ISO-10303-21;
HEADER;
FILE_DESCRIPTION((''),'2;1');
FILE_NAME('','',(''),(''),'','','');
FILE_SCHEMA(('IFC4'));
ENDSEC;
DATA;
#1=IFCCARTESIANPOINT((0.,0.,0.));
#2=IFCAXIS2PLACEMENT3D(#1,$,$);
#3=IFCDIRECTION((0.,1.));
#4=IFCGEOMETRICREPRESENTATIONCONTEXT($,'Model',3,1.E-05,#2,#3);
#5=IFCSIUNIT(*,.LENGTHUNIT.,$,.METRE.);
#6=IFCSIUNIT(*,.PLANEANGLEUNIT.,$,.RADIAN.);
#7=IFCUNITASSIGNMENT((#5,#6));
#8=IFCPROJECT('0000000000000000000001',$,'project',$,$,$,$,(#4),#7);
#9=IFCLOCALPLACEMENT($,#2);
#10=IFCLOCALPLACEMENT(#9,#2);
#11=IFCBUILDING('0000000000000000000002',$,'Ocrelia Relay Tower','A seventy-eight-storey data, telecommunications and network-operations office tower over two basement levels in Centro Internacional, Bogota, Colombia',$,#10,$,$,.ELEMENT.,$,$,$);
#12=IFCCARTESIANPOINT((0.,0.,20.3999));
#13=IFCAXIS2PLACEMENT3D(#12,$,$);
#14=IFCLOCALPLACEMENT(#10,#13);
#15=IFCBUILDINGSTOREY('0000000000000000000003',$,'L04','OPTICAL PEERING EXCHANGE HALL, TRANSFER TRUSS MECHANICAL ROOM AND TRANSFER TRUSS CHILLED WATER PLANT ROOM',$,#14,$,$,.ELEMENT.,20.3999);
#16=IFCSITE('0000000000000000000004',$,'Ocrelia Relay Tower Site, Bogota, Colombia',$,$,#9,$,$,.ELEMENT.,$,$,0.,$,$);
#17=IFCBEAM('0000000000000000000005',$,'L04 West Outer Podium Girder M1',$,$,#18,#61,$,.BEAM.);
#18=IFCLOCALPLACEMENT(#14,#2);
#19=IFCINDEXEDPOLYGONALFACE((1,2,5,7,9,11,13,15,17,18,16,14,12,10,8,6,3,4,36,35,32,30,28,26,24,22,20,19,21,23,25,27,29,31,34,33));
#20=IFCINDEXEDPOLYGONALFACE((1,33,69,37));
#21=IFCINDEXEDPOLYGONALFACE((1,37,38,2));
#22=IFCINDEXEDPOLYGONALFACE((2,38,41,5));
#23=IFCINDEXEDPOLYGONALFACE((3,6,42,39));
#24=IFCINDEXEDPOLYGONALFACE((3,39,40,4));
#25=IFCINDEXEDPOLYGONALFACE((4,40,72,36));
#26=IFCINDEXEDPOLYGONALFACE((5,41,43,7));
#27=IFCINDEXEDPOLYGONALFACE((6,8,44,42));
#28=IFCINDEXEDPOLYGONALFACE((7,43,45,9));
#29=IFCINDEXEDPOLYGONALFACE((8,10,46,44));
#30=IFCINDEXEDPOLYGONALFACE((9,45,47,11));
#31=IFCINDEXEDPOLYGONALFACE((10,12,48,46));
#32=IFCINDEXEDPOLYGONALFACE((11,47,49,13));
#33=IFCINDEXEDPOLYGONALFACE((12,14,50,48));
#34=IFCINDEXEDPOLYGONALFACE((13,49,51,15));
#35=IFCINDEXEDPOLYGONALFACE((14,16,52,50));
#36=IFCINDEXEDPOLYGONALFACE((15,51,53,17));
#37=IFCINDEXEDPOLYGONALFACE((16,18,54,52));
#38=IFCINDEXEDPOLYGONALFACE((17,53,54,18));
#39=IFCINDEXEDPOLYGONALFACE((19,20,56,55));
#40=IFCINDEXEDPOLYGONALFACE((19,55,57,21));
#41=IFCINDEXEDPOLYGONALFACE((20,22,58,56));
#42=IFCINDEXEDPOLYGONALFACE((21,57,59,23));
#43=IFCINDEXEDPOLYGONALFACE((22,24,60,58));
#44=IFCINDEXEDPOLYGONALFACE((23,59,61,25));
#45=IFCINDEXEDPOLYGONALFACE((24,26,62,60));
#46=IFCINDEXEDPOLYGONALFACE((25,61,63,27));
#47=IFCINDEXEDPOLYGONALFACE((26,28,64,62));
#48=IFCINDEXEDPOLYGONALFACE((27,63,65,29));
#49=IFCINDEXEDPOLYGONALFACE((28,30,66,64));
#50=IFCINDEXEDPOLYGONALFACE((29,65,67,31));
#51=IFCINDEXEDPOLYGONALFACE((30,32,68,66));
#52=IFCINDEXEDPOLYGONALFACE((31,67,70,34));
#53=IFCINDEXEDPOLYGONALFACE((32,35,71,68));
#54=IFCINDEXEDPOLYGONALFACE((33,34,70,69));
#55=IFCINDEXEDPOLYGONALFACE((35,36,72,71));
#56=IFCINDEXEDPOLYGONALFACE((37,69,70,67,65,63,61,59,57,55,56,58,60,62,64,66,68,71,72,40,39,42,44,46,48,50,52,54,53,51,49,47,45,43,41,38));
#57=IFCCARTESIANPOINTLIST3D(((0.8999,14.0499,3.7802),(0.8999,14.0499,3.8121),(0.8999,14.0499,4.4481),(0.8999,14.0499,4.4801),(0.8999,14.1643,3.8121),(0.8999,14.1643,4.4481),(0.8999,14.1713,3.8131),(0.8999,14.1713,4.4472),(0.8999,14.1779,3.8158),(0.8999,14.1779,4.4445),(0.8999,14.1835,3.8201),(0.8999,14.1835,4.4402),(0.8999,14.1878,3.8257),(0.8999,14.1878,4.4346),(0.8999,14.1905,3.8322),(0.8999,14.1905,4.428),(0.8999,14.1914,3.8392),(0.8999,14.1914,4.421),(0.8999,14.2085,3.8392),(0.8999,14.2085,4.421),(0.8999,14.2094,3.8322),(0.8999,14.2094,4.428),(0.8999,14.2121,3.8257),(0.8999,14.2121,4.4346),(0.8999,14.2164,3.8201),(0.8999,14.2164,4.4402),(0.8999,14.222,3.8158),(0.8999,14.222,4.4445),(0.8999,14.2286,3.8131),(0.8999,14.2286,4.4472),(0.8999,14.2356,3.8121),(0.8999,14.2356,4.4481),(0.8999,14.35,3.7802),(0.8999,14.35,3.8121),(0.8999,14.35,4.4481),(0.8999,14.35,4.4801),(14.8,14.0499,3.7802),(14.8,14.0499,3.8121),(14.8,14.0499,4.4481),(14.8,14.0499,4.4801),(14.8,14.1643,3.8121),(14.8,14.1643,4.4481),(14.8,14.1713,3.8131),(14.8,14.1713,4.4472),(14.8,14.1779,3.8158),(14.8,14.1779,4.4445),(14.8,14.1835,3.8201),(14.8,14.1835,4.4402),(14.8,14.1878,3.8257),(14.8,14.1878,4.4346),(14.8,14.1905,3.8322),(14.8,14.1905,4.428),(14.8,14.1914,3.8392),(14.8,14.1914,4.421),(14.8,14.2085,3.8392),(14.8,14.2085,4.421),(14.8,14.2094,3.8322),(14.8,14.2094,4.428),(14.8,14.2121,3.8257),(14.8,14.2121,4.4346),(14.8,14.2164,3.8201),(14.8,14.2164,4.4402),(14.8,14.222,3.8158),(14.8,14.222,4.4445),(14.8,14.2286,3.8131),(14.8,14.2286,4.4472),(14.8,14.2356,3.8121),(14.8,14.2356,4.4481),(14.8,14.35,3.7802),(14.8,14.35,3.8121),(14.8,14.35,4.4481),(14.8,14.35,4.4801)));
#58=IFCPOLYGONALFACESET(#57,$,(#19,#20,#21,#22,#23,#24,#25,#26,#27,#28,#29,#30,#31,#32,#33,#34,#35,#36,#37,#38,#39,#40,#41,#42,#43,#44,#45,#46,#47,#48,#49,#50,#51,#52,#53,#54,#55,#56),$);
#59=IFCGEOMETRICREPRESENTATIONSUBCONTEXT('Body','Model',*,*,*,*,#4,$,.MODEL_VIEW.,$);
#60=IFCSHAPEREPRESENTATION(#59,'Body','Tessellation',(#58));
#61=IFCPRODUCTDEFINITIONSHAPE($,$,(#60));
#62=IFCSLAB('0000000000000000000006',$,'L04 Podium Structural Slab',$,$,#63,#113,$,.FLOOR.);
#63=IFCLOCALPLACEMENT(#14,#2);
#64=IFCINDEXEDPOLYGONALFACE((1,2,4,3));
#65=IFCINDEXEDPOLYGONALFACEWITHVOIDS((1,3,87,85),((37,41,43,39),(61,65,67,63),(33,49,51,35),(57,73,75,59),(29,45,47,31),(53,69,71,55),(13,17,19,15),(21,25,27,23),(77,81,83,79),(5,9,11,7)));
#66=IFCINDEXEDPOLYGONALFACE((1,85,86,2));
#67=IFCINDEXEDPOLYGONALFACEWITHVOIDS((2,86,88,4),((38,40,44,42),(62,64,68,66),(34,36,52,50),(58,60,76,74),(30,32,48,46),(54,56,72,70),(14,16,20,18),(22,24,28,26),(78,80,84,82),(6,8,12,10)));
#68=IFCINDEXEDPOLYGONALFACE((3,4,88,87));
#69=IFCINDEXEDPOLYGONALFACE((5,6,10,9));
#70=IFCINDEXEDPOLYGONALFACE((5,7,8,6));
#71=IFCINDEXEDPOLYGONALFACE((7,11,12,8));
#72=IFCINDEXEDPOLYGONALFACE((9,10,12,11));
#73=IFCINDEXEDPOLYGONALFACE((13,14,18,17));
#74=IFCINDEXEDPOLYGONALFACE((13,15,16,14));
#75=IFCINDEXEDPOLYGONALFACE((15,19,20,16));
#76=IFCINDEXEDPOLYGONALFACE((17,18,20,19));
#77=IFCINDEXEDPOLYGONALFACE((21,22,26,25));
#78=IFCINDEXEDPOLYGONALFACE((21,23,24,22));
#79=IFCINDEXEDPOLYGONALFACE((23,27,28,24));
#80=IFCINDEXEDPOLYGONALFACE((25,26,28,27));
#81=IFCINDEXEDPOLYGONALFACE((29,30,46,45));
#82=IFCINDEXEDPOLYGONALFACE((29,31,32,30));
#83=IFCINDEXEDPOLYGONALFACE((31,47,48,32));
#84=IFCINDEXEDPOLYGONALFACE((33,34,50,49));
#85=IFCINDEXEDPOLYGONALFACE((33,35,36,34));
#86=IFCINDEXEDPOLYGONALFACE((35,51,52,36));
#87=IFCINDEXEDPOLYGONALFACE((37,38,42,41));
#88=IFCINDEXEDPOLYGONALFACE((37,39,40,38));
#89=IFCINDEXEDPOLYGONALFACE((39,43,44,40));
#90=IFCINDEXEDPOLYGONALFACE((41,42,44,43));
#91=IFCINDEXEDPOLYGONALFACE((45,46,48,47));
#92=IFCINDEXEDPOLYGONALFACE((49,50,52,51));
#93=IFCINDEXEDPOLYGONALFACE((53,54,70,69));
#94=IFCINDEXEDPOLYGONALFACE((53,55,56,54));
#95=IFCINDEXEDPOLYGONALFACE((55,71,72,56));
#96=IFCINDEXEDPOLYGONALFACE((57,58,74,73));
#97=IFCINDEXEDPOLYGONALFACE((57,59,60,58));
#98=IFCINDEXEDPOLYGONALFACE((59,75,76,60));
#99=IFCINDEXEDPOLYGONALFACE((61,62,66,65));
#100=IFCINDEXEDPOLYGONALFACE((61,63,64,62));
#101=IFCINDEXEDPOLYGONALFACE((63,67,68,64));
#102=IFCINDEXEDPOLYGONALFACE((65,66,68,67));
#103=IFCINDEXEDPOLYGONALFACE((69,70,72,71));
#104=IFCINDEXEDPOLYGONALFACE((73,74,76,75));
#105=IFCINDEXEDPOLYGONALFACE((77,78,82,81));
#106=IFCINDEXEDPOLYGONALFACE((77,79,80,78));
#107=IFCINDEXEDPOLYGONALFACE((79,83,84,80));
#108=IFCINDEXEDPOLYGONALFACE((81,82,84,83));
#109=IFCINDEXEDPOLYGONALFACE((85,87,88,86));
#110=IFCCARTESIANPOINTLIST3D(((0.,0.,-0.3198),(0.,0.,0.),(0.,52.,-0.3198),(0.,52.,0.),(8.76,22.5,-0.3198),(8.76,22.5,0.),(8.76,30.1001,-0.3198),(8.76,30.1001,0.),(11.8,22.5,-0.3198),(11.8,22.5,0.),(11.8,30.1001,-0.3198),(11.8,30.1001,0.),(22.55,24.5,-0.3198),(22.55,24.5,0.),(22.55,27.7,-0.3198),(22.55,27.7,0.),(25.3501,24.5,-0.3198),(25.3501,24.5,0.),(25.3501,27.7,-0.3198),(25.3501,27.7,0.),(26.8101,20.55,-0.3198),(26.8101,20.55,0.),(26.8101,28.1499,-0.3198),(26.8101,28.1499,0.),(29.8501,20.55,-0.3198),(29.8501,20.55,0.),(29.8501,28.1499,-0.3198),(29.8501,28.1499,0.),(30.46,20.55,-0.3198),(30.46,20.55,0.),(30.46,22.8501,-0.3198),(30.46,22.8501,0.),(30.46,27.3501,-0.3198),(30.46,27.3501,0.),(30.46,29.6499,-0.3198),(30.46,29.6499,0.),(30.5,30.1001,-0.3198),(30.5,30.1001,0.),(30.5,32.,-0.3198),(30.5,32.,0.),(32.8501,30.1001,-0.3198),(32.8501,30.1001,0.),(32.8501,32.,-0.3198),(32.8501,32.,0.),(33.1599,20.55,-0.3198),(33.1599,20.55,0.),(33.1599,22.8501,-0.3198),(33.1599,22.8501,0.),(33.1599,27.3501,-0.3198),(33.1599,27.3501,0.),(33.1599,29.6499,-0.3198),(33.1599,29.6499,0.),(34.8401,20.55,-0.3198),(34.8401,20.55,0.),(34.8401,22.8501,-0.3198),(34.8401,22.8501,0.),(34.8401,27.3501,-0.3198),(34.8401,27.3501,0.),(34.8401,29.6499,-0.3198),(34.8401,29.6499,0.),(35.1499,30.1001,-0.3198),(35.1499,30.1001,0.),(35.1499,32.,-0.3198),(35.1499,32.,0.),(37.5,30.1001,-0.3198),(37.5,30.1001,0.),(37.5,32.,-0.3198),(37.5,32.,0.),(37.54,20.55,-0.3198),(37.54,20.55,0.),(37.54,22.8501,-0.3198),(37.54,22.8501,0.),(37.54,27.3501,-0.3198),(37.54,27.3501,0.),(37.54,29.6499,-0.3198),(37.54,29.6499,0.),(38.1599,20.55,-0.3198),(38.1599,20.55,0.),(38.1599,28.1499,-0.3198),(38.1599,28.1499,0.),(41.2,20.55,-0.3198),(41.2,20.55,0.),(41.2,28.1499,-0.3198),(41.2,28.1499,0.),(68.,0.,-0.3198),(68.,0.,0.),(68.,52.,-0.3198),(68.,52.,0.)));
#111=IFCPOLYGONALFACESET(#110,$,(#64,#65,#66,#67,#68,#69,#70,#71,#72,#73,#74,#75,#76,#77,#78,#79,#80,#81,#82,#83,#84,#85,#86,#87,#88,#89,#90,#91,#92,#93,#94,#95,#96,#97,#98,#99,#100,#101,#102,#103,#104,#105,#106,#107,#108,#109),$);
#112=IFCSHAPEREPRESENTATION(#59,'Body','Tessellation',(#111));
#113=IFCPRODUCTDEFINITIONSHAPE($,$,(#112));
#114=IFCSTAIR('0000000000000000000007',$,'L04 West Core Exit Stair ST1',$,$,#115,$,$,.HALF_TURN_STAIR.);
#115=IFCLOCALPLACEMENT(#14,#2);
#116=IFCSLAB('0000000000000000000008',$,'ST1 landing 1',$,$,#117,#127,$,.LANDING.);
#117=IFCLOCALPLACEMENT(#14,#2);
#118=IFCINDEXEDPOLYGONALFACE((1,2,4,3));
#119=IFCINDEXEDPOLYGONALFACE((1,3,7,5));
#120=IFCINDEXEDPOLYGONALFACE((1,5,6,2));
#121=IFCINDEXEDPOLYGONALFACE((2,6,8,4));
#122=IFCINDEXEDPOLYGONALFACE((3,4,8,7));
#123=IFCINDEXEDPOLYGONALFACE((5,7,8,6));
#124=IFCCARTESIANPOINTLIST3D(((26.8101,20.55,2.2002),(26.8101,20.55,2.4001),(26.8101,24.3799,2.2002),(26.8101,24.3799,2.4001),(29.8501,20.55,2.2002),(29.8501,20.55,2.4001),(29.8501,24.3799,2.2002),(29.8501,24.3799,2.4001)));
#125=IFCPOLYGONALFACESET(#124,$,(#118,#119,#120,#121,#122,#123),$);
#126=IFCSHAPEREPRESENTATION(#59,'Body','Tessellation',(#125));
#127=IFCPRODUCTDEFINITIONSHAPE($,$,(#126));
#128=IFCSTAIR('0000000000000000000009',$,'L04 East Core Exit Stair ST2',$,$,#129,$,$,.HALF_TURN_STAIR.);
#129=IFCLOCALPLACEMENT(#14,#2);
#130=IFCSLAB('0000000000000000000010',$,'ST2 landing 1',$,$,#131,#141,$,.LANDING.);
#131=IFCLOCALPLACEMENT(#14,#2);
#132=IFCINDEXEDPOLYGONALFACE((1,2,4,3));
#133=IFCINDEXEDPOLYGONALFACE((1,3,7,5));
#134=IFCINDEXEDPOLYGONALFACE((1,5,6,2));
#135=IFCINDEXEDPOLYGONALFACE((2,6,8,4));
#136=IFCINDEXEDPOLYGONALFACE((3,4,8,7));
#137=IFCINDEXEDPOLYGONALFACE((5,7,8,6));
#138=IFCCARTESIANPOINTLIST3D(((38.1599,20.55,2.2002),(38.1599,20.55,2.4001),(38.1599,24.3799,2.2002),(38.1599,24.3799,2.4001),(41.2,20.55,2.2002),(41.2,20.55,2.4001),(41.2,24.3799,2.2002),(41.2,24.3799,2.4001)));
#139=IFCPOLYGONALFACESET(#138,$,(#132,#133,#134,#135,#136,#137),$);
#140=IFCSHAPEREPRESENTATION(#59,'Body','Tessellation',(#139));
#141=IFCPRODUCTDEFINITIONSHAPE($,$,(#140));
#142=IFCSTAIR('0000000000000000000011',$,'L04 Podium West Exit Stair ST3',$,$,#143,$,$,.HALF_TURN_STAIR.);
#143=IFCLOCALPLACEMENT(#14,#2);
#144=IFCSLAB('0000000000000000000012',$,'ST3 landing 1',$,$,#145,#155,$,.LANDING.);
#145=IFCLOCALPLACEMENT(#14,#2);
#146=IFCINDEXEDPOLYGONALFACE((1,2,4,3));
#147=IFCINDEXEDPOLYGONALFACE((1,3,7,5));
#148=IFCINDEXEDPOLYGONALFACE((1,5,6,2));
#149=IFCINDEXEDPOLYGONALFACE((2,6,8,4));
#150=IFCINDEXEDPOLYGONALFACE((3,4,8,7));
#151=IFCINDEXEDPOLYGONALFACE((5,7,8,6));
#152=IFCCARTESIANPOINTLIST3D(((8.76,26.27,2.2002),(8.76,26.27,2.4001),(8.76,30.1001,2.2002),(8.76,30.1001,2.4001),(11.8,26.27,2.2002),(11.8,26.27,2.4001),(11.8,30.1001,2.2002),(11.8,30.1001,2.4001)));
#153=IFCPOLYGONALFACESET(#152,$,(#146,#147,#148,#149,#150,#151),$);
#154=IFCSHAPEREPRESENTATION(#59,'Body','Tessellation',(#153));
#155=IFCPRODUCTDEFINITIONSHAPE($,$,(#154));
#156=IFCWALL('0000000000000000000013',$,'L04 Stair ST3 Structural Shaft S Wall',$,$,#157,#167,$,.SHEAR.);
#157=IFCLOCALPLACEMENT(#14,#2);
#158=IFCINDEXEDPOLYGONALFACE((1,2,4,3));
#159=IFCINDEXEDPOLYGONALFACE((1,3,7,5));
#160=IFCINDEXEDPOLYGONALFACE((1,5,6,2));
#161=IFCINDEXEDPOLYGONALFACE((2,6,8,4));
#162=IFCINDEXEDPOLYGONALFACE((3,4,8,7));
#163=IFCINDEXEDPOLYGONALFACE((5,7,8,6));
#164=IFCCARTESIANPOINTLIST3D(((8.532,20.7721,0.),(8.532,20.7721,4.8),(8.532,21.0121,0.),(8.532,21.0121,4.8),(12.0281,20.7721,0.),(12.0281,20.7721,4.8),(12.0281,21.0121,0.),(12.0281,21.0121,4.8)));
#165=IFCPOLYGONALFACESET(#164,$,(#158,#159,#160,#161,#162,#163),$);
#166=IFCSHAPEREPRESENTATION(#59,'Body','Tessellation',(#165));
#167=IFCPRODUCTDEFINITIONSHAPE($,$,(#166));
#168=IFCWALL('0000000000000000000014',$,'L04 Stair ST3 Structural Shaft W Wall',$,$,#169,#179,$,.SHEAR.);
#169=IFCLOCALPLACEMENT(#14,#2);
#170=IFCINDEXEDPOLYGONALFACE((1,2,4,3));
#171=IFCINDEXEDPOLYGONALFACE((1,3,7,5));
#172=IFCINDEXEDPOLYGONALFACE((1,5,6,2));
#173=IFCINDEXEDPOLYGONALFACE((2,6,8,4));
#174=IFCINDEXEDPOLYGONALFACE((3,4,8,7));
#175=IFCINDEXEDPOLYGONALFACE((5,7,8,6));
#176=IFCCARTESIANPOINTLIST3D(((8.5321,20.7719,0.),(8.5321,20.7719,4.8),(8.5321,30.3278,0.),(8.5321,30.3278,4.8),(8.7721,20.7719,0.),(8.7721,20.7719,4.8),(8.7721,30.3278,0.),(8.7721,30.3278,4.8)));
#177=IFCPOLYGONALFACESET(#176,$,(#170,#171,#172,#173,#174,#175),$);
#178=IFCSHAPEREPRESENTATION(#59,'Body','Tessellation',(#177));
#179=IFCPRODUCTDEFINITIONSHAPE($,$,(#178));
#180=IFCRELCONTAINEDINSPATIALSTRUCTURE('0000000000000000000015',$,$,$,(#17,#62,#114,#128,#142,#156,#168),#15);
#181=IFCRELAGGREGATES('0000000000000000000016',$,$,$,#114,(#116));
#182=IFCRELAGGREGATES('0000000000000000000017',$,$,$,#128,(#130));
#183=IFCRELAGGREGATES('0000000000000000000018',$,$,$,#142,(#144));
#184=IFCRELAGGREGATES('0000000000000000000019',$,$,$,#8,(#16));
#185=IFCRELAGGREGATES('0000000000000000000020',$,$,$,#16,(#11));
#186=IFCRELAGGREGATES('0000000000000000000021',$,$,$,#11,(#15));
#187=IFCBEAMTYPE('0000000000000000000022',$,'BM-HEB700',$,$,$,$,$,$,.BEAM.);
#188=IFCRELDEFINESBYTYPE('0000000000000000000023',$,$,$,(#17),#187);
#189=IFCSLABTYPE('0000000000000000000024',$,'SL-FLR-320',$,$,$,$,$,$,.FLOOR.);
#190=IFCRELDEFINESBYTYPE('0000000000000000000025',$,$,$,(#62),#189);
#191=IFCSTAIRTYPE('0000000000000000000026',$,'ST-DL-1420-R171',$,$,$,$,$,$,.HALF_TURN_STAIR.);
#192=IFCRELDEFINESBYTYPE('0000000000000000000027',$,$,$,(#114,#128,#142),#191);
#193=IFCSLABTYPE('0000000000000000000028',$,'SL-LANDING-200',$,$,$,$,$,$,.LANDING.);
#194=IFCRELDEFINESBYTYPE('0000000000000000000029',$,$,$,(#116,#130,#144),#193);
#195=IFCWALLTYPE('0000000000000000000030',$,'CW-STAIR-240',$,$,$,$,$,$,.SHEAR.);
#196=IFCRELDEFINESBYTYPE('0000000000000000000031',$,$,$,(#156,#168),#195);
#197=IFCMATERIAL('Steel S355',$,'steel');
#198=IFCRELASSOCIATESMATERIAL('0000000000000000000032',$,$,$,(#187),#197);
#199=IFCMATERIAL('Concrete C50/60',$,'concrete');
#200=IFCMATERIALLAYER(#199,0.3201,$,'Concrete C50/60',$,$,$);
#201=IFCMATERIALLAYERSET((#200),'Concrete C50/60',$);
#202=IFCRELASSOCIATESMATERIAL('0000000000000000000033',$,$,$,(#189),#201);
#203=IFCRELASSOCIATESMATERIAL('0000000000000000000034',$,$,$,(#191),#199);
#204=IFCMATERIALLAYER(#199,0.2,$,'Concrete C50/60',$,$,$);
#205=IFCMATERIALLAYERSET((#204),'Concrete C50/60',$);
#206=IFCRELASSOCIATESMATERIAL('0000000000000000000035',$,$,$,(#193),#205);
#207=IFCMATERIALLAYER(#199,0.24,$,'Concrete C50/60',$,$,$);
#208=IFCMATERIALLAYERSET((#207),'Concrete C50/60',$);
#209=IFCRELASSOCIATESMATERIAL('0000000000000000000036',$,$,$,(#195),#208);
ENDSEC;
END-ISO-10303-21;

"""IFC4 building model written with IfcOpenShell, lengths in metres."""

from ifc_helpers import new_model, si_unit, direction, frame, frame_2d, origin, origin_2d, place, context, subcontext, project, spatial, polyline, rectangle, i_section, outline, extrude, material, layer, layer_set, material_profile, profile_set, type_object, element, aggregate, save


model = new_model("IFC4")

# Units and contexts
model_context = context("Model", 3, precision=1e-05, world=origin(), true_north=direction((0.0, 1.0)))
body_context = subcontext(model_context, "Body", "Model", "MODEL_VIEW")
ifc_project = project(units=[si_unit("LENGTHUNIT", "METRE"), si_unit("PLANEANGLEUNIT", "RADIAN")], contexts=[model_context])

# Site, building, storey
site_placement = place(None, origin())
site = spatial("IfcSite", under=ifc_project, at=site_placement, Name="Ocrelia Relay Tower Site, Bogota, Colombia", CompositionType="ELEMENT", RefElevation=0.0)
building_placement = place(site_placement, origin())
building = spatial("IfcBuilding", under=site, at=building_placement, Name="Ocrelia Relay Tower", Description="A seventy-eight-storey data, telecommunications and network-operations office tower over two basement levels in Centro Internacional, Bogota, Colombia", CompositionType="ELEMENT")
storey_placement = place(building_placement, frame((0.0, 0.0, 20.3999)))
storey = spatial("IfcBuildingStorey", under=building, at=storey_placement, Name="L04", Description="OPTICAL PEERING EXCHANGE HALL, TRANSFER TRUSS MECHANICAL ROOM AND TRANSFER TRUSS CHILLED WATER PLANT ROOM", CompositionType="ELEMENT", Elevation=20.3999)

# Beam
ifc_material_1 = material(Name="Steel S355", Category="steel")
ifc_material_profile_1 = material_profile(ifc_material_1, i_section(OverallWidth=0.3, OverallDepth=0.7, WebThickness=0.0171, FlangeThickness=0.032, FilletRadius=0.0271, at=origin_2d()), Name="HEB 700")
ifc_profile_set_1 = profile_set([ifc_material_profile_1], Name="Steel S355")
beam_type_1 = type_object("IfcBeamType", Name="BM-HEB700", PredefinedType="BEAM", material=ifc_profile_set_1)
for number, where, z_axis, x_axis, name in (
    (1, (0.8999, 14.2, 4.1301), (1.0, 0.0, 0.0), (0.0, 1.0, 0.0), "L04 West Outer Podium Girder M1"),
):
    element("IfcBeam", number, at=place(storey_placement, frame(where, z_axis=z_axis, x_axis=x_axis)), inside=storey, type_object=beam_type_1, Name=name, PredefinedType="BEAM", context=body_context, shape_type="SweptSolid", body=[
        extrude(i_section(OverallWidth=0.3, OverallDepth=0.7, WebThickness=0.0171, FlangeThickness=0.032, FilletRadius=0.0271, at=origin_2d()), origin(), (0.0, 0.0, 1.0), 13.9001),
    ])

# Slab
ifc_material_2 = material(Name="Concrete C50/60", Category="concrete")
ifc_layer_1 = layer(ifc_material_2, 0.3201, Name="Concrete C50/60")
ifc_layer_set_1 = layer_set([ifc_layer_1], Name="Concrete C50/60")
slab_type_1 = type_object("IfcSlabType", Name="SL-FLR-320", PredefinedType="FLOOR", material=ifc_layer_set_1)
slab_1_placement = place(storey_placement, frame((0.0, 0.0, -0.3198)))
element("IfcSlab", 2, at=slab_1_placement, inside=storey, type_object=slab_type_1, Name="L04 Podium Structural Slab", PredefinedType="FLOOR", context=body_context, shape_type="SweptSolid", body=[
    extrude(outline(polyline([(0.0, 0.0), (68.0, 0.0), (68.0, 52.0), (0.0, 52.0), (0.0, 0.0)]), holes=[polyline([(26.8101, 28.1499), (26.8101, 20.55), (29.8501, 20.55), (29.8501, 28.1499), (26.8101, 28.1499)]), polyline([(38.1599, 28.1499), (38.1599, 20.55), (41.2, 20.55), (41.2, 28.1499), (38.1599, 28.1499)]), polyline([(11.8, 22.5), (11.8, 30.1001), (8.76, 30.1001), (8.76, 22.5), (11.8, 22.5)]), polyline([(30.46, 20.55), (33.1599, 20.55), (33.1599, 22.8501), (30.46, 22.8501), (30.46, 20.55)]), polyline([(34.8401, 20.55), (37.54, 20.55), (37.54, 22.8501), (34.8401, 22.8501), (34.8401, 20.55)]), polyline([(30.46, 27.3501), (33.1599, 27.3501), (33.1599, 29.6499), (30.46, 29.6499), (30.46, 27.3501)]), polyline([(34.8401, 27.3501), (37.54, 27.3501), (37.54, 29.6499), (34.8401, 29.6499), (34.8401, 27.3501)]), polyline([(30.5, 30.1001), (32.8501, 30.1001), (32.8501, 32.0), (30.5, 32.0), (30.5, 30.1001)]), polyline([(35.1499, 30.1001), (37.5, 30.1001), (37.5, 32.0), (35.1499, 32.0), (35.1499, 30.1001)]), polyline([(22.55, 24.5), (25.3501, 24.5), (25.3501, 27.7), (22.55, 27.7), (22.55, 24.5)])]), origin(), (0.0, 0.0, 1.0), 0.3198),
])

# Stairs, slabs
stair_type = type_object("IfcStairType", Name="ST-DL-1420-R171", PredefinedType="HALF_TURN_STAIR", material=ifc_material_2)
stair_1_placement = place(storey_placement, origin())
stair_1 = element("IfcStair", 3, at=stair_1_placement, inside=storey, type_object=stair_type, Name="L04 West Core Exit Stair ST1", PredefinedType="HALF_TURN_STAIR")
ifc_layer_2 = layer(ifc_material_2, 0.2, Name="Concrete C50/60")
ifc_layer_set_2 = layer_set([ifc_layer_2], Name="Concrete C50/60")
slab_type_2 = type_object("IfcSlabType", Name="SL-LANDING-200", PredefinedType="LANDING", material=ifc_layer_set_2)
slab_2_placement = place(storey_placement, frame((0.0, 0.0, 2.2002)))
slab_2 = element("IfcSlab", 4, at=slab_2_placement, type_object=slab_type_2, Name="ST1 landing 1", PredefinedType="LANDING", context=body_context, shape_type="SweptSolid", body=[
    extrude(outline(polyline([(26.8101, 24.3799), (26.8101, 20.55), (29.8501, 20.55), (29.8501, 24.3799), (26.8101, 24.3799)])), origin(), (0.0, 0.0, 1.0), 0.2),
])
aggregate(stair_1, [slab_2])
stair_2_placement = place(storey_placement, origin())
stair_2 = element("IfcStair", 5, at=stair_2_placement, inside=storey, type_object=stair_type, Name="L04 East Core Exit Stair ST2", PredefinedType="HALF_TURN_STAIR")
slab_3_placement = place(storey_placement, frame((0.0, 0.0, 2.2002)))
slab_3 = element("IfcSlab", 6, at=slab_3_placement, type_object=slab_type_2, Name="ST2 landing 1", PredefinedType="LANDING", context=body_context, shape_type="SweptSolid", body=[
    extrude(outline(polyline([(38.1599, 24.3799), (38.1599, 20.55), (41.2, 20.55), (41.2, 24.3799), (38.1599, 24.3799)])), origin(), (0.0, 0.0, 1.0), 0.2),
])
aggregate(stair_2, [slab_3])
stair_3_placement = place(storey_placement, origin())
stair_3 = element("IfcStair", 7, at=stair_3_placement, inside=storey, type_object=stair_type, Name="L04 Podium West Exit Stair ST3", PredefinedType="HALF_TURN_STAIR")
slab_4_placement = place(storey_placement, frame((0.0, 0.0, 2.2002)))
slab_4 = element("IfcSlab", 8, at=slab_4_placement, type_object=slab_type_2, Name="ST3 landing 1", PredefinedType="LANDING", context=body_context, shape_type="SweptSolid", body=[
    extrude(outline(polyline([(11.8, 26.27), (11.8, 30.1001), (8.76, 30.1001), (8.76, 26.27), (11.8, 26.27)])), origin(), (0.0, 0.0, 1.0), 0.2),
])

# Walls
ifc_layer_3 = layer(ifc_material_2, 0.24, Name="Concrete C50/60")
ifc_layer_set_3 = layer_set([ifc_layer_3], Name="Concrete C50/60")
wall_type_1 = type_object("IfcWallType", Name="CW-STAIR-240", PredefinedType="SHEAR", material=ifc_layer_set_3)
wall_1_placement = place(storey_placement, frame((8.532, 20.8921, 0.0), z_axis=(0.0, 0.0, 1.0), x_axis=(1.0, 0.0, 0.0)))
element("IfcWall", 9, at=wall_1_placement, inside=storey, type_object=wall_type_1, Name="L04 Stair ST3 Structural Shaft S Wall", PredefinedType="SHEAR", context=body_context, shape_type="SweptSolid", body=[
    extrude(rectangle(XDim=3.4961, YDim=0.24, at=frame_2d((1.748, 0.0))), origin(), (0.0, 0.0, 1.0), 4.8),
])
wall_2_placement = place(storey_placement, frame((8.6521, 20.772, 0.0), z_axis=(0.0, 0.0, 1.0), x_axis=(0.0, 1.0, 0.0)))
element("IfcWall", 10, at=wall_2_placement, inside=storey, type_object=wall_type_1, Name="L04 Stair ST3 Structural Shaft W Wall", PredefinedType="SHEAR", context=body_context, shape_type="SweptSolid", body=[
    extrude(rectangle(XDim=9.5559, YDim=0.24, at=frame_2d((4.7778, 0.0))), origin(), (0.0, 0.0, 1.0), 4.8),
])

aggregate(stair_3, [slab_4])

save(model, "model.ifc")
